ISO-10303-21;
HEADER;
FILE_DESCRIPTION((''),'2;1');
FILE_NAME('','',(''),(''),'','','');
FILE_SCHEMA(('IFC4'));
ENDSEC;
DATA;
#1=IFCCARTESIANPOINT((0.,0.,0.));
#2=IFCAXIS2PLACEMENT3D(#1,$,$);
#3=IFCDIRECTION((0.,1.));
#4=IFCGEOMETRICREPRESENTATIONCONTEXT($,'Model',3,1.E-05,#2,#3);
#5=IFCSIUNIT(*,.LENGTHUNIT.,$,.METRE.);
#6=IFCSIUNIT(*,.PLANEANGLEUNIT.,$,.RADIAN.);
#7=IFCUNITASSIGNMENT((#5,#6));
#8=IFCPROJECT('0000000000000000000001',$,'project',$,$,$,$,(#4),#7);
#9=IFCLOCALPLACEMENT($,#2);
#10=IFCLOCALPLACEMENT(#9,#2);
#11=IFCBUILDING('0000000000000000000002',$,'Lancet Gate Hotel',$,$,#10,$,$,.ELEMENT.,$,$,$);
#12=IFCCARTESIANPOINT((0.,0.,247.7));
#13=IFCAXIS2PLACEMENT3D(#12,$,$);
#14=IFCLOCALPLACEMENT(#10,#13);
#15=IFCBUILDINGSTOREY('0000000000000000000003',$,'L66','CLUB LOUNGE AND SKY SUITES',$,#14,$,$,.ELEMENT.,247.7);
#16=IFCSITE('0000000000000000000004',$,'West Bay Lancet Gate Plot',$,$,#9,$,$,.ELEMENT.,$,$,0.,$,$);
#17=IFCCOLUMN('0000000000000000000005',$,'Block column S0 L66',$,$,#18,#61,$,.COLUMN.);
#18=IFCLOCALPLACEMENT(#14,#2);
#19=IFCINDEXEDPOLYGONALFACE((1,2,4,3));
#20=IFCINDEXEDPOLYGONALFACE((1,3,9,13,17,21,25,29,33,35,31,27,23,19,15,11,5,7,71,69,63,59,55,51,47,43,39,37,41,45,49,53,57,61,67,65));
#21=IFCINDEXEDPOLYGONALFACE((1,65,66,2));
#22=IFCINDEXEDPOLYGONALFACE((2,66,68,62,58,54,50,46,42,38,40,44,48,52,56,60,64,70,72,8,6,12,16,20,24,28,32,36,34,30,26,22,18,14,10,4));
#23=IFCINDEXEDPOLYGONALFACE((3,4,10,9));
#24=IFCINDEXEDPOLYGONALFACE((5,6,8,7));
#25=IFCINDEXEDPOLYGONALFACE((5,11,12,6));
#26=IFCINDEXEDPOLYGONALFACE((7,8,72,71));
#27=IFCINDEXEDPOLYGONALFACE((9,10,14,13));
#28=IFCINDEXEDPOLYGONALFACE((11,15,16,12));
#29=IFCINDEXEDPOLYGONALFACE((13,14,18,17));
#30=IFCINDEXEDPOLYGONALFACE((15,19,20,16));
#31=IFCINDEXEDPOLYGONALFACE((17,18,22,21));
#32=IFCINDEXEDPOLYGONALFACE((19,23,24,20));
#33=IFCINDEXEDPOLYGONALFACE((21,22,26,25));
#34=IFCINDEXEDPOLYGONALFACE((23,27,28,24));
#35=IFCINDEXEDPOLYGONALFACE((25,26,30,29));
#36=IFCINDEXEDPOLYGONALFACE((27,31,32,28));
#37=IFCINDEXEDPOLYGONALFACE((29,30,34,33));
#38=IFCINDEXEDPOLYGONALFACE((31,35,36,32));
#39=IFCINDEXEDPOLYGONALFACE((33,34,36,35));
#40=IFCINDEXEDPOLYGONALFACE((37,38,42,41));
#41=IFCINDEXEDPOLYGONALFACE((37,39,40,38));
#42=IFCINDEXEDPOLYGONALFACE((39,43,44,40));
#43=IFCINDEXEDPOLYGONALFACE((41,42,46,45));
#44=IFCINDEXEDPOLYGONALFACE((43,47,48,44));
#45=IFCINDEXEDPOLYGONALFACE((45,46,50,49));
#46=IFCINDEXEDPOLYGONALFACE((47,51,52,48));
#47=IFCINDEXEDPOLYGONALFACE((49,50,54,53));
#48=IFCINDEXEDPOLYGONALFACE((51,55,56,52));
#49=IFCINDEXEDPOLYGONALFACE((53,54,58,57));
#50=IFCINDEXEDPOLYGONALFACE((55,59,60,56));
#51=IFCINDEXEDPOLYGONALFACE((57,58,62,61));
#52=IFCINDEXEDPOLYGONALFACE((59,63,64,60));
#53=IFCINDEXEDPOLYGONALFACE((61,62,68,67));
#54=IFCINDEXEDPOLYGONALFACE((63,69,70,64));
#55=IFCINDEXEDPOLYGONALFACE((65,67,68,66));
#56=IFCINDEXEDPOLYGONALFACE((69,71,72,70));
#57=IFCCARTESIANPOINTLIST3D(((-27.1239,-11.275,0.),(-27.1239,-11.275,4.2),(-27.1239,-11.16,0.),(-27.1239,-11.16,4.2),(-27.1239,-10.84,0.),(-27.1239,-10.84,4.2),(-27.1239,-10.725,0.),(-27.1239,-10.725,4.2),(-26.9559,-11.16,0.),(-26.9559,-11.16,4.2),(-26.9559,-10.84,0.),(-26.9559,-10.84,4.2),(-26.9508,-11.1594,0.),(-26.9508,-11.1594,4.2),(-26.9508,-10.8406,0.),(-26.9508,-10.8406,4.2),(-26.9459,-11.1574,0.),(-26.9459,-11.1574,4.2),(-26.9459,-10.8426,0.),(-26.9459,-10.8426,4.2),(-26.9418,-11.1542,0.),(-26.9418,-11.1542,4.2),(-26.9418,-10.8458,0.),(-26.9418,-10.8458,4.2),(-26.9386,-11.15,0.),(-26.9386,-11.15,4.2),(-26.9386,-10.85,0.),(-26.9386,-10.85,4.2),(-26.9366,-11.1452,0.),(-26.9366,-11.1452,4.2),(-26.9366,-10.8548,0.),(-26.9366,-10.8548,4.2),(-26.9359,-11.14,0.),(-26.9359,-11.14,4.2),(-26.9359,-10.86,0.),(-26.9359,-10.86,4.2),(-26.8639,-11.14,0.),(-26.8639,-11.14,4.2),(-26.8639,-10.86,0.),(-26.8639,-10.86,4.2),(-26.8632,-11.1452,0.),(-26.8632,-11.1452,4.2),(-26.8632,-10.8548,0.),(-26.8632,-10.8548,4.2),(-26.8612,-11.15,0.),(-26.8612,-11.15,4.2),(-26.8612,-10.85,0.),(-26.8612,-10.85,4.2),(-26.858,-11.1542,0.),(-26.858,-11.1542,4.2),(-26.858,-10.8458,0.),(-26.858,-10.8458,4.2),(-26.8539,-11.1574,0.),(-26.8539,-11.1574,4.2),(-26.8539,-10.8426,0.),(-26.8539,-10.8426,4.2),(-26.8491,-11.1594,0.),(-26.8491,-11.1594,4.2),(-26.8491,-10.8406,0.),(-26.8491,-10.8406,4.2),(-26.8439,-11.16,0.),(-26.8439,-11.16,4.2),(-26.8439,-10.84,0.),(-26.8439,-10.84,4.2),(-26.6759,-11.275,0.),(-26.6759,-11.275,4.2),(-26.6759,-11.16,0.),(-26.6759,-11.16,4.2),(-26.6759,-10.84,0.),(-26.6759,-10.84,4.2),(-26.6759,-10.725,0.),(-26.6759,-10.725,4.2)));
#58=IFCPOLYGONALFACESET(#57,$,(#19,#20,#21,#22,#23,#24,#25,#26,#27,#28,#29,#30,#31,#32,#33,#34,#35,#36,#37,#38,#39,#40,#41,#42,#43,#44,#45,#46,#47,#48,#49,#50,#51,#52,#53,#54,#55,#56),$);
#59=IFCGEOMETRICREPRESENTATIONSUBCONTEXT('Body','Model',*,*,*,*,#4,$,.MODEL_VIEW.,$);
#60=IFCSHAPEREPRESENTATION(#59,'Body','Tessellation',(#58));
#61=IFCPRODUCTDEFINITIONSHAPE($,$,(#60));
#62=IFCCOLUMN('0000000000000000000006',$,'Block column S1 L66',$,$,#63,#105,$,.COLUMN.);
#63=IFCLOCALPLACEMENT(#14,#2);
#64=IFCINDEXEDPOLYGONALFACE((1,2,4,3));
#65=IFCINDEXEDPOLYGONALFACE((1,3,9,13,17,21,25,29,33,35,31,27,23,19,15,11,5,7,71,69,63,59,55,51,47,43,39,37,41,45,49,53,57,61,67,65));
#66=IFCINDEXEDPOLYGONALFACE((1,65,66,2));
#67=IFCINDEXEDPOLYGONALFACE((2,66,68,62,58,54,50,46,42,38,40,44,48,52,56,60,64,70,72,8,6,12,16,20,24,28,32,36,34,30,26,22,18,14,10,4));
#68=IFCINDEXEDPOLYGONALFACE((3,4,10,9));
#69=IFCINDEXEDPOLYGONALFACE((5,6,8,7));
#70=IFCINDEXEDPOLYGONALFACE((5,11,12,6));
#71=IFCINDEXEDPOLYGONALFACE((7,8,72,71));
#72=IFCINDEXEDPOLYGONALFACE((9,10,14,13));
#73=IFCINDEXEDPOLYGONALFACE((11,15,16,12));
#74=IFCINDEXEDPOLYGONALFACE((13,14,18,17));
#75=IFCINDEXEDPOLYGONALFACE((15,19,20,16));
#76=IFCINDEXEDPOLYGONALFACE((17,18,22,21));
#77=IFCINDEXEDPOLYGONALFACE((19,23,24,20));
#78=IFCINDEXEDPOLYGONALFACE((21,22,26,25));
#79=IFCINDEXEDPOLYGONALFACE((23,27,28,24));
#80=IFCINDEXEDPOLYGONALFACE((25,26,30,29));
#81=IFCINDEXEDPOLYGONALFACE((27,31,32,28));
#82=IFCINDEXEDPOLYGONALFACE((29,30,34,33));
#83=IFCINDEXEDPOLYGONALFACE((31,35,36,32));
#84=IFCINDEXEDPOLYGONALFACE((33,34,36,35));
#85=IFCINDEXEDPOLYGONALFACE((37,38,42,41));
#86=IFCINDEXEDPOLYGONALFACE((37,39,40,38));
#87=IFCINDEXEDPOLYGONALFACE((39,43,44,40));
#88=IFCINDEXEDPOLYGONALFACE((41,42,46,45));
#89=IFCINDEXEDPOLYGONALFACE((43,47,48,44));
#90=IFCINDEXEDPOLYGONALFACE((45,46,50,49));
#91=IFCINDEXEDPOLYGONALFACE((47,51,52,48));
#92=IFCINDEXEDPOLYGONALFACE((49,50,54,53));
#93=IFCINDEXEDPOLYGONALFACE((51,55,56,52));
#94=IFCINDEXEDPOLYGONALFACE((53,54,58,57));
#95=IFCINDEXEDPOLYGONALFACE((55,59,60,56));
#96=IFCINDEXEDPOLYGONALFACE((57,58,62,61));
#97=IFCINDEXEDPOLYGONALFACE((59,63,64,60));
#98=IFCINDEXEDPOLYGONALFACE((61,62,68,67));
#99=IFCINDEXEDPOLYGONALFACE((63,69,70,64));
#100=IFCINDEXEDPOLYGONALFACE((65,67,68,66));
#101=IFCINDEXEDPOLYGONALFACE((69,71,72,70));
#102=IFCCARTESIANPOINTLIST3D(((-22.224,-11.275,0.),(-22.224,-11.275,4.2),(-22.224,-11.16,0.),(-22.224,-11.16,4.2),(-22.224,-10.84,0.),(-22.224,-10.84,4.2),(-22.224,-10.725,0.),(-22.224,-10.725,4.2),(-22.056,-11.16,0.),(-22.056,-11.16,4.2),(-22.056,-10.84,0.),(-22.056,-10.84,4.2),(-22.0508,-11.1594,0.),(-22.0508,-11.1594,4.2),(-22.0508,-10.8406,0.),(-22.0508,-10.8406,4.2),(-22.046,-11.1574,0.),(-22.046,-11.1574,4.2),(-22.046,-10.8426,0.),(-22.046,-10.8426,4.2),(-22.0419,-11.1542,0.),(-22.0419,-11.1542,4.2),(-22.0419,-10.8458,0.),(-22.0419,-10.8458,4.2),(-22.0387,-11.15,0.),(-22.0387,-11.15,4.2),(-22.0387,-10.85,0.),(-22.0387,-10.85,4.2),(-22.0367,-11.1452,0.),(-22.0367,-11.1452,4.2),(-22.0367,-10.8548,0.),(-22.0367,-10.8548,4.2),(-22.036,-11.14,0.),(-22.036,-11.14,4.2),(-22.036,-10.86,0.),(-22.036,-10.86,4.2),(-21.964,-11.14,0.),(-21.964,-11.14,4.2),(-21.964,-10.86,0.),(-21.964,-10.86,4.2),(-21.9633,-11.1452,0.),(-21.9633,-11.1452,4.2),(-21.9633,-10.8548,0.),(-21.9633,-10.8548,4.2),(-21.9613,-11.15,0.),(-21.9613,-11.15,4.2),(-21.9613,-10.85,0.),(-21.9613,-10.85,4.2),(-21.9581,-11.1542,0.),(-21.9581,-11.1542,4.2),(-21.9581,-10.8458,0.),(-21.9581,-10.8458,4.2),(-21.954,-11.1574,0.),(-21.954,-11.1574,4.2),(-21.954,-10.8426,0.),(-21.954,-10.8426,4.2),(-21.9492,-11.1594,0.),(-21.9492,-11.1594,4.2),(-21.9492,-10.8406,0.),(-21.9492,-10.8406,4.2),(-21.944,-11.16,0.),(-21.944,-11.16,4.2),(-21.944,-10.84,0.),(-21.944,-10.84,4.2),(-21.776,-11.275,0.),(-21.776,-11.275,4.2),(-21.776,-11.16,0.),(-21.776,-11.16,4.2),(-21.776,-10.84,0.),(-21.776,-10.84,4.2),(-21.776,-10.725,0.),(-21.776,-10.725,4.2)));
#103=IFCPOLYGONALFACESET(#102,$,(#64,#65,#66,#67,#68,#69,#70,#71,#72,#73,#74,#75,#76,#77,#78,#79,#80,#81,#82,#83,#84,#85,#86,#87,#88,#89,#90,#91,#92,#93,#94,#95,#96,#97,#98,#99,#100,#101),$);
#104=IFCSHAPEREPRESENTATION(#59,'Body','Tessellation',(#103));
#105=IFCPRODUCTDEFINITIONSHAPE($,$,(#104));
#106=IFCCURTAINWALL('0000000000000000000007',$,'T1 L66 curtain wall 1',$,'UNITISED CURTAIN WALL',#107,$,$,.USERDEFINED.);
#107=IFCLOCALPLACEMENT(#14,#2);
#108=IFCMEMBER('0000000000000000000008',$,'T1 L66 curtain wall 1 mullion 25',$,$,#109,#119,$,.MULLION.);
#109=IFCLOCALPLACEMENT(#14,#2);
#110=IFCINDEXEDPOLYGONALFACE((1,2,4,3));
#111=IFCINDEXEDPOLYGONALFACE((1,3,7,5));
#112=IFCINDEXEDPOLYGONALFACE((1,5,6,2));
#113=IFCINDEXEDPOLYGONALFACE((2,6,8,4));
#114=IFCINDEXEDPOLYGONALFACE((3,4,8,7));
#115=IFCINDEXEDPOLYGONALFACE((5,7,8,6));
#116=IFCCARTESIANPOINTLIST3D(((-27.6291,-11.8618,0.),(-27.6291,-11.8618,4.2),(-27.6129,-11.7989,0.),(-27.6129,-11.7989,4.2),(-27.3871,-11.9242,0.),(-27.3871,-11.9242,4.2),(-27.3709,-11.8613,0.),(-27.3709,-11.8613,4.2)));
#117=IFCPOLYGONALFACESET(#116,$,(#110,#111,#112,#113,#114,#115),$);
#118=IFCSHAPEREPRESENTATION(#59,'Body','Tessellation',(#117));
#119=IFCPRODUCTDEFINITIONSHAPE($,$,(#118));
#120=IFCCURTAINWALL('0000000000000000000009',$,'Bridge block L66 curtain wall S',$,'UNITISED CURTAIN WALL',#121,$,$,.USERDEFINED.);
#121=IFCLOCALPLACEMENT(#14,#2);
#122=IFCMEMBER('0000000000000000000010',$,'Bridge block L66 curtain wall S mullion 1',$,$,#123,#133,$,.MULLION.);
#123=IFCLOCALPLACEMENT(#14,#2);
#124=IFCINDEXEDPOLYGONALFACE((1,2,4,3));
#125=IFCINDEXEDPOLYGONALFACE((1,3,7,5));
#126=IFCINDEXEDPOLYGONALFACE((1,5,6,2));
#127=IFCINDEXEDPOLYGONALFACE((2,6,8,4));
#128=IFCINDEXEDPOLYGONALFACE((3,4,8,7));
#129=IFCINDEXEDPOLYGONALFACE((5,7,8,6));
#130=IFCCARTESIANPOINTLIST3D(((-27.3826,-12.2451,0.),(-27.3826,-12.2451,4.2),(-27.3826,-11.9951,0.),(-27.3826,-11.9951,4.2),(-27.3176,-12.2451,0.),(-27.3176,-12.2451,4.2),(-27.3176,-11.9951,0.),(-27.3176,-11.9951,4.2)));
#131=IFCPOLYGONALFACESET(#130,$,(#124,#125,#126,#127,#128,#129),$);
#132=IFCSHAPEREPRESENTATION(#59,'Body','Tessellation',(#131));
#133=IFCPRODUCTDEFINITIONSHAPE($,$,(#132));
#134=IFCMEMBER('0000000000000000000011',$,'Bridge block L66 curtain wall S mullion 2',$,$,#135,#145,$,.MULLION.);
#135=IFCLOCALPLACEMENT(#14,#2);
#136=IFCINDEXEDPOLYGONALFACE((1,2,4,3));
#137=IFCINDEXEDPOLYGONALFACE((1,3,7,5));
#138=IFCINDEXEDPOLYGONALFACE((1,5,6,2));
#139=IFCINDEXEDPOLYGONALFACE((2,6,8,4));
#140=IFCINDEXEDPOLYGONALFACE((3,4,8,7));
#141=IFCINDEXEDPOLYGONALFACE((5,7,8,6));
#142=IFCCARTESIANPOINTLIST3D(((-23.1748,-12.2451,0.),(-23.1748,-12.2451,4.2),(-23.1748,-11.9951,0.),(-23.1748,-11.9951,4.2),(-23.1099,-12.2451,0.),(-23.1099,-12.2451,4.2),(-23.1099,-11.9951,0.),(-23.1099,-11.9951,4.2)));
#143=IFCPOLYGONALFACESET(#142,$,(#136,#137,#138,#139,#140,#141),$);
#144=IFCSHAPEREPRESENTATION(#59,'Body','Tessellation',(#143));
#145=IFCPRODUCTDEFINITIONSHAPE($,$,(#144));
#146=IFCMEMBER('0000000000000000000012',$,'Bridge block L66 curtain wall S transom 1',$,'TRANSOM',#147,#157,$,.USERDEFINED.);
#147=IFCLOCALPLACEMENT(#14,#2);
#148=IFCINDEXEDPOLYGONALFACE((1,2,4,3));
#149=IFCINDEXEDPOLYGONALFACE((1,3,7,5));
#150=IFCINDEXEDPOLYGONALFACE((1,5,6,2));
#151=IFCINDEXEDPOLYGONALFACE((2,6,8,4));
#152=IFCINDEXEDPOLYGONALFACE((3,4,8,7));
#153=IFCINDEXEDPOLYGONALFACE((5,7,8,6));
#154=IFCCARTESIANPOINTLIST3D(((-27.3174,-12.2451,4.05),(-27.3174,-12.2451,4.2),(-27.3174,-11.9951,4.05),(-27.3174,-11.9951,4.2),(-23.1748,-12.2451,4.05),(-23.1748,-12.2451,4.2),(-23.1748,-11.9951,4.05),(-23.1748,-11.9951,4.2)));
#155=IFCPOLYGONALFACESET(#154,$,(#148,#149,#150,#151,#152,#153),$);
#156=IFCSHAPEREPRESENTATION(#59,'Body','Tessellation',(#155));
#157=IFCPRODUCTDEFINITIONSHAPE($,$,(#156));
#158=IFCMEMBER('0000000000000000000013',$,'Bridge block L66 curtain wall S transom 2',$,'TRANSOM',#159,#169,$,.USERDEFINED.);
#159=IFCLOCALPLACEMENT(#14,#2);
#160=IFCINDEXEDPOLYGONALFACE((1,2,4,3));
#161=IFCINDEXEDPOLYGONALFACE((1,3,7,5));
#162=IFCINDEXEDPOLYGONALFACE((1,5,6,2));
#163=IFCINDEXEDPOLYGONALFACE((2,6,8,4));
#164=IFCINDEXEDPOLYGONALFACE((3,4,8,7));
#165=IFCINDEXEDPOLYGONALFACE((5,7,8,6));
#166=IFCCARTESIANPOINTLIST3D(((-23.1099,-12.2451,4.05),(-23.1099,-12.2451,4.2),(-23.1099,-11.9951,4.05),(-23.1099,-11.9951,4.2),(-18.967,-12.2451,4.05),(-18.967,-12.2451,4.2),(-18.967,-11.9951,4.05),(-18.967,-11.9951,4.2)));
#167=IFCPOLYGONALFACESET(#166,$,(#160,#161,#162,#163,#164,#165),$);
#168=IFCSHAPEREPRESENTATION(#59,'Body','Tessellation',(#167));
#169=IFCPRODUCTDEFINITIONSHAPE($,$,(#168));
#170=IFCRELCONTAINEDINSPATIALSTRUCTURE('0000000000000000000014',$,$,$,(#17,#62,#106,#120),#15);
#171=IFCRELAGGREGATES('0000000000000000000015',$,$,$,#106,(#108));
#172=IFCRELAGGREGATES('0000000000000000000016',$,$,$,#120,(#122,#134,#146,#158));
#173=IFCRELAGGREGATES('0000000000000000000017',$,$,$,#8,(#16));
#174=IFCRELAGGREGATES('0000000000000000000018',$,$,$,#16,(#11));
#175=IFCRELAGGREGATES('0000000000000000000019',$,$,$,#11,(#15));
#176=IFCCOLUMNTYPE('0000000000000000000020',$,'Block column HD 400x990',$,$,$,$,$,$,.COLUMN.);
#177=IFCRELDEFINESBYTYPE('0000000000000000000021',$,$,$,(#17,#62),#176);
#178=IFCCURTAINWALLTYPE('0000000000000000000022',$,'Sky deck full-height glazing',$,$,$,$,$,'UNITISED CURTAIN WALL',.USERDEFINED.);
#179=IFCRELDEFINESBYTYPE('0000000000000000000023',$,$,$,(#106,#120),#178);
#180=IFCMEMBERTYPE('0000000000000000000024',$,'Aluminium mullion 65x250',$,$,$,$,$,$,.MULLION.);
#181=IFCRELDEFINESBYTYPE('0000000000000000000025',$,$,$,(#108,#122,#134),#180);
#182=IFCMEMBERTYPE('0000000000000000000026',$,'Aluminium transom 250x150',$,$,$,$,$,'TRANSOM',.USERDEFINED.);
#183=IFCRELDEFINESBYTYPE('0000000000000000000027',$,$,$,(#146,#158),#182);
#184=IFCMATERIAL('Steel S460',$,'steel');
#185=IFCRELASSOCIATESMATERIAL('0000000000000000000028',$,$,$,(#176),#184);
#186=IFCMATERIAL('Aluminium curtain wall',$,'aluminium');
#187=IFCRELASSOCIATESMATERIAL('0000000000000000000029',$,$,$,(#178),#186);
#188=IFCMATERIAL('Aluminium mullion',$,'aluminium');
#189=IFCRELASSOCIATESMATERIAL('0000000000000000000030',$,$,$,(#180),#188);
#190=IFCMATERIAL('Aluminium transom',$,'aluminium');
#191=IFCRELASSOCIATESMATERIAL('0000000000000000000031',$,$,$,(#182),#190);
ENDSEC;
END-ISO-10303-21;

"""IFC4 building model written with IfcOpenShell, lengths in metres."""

from ifc_helpers import new_model, si_unit, direction, frame, origin, origin_2d, place, context, subcontext, project, spatial, rectangle, i_section, extrude, material, material_profile, profile_set, type_object, element, aggregate, save


model = new_model("IFC4")

# Units and contexts
model_context = context("Model", 3, precision=1e-05, world=origin(), true_north=direction((0.0, 1.0)))
body_context = subcontext(model_context, "Body", "Model", "MODEL_VIEW")
ifc_project = project(units=[si_unit("LENGTHUNIT", "METRE"), si_unit("PLANEANGLEUNIT", "RADIAN")], contexts=[model_context])

# Site, building, storey
site_placement = place(None, origin())
site = spatial("IfcSite", under=ifc_project, at=site_placement, Name="West Bay Lancet Gate Plot", CompositionType="ELEMENT", RefElevation=0.0)
building_placement = place(site_placement, origin())
building = spatial("IfcBuilding", under=site, at=building_placement, Name="Lancet Gate Hotel", CompositionType="ELEMENT")
storey_placement = place(building_placement, frame((0.0, 0.0, 247.7)))
storey = spatial("IfcBuildingStorey", under=building, at=storey_placement, Name="L66", Description="CLUB LOUNGE AND SKY SUITES", CompositionType="ELEMENT", Elevation=247.7)

# Columns
ifc_material_1 = material(Name="Steel S460", Category="steel")
ifc_material_profile_1 = material_profile(ifc_material_1, i_section(OverallWidth=0.448, OverallDepth=0.55, WebThickness=0.072, FlangeThickness=0.115, FilletRadius=0.02, at=origin_2d()), Name="HD 400x990")
ifc_profile_set_1 = profile_set([ifc_material_profile_1], Name="Steel S460")
column_type = type_object("IfcColumnType", Name="Block column HD 400x990", PredefinedType="COLUMN", material=ifc_profile_set_1)
for number, where, z_axis, x_axis, name in (
    (1, (-26.8999, -11.0, 0.0), (0.0, 0.0, 1.0), (1.0, 0.0, 0.0), "Block column S0 L66"),
    (2, (-22.0, -11.0, 0.0), (0.0, 0.0, 1.0), (1.0, 0.0, 0.0), "Block column S1 L66"),
):
    element("IfcColumn", number, at=place(storey_placement, frame(where, z_axis=z_axis, x_axis=x_axis)), inside=storey, type_object=column_type, Name=name, PredefinedType="COLUMN", context=body_context, shape_type="SweptSolid", body=[
        extrude(i_section(OverallWidth=0.448, OverallDepth=0.55, WebThickness=0.072, FlangeThickness=0.115, FilletRadius=0.02, at=origin_2d()), origin(), (0.0, 0.0, 1.0), 4.2),
    ])

# Curtain wall, member
ifc_material_2 = material(Name="Aluminium curtain wall", Category="aluminium")
curtain_wall_type = type_object("IfcCurtainWallType", Name="Sky deck full-height glazing", ElementType="UNITISED CURTAIN WALL", PredefinedType="USERDEFINED", material=ifc_material_2)
curtain_wall_1_placement = place(storey_placement, origin())
curtain_wall_1 = element("IfcCurtainWall", 3, at=curtain_wall_1_placement, inside=storey, type_object=curtain_wall_type, Name="T1 L66 curtain wall 1", ObjectType="UNITISED CURTAIN WALL", PredefinedType="USERDEFINED")
ifc_material_3 = material(Name="Aluminium mullion", Category="aluminium")
ifc_material_profile_2 = material_profile(ifc_material_3, rectangle(XDim=0.0649, YDim=0.25, at=origin_2d()), Name="MULLION 65x250")
ifc_profile_set_2 = profile_set([ifc_material_profile_2], Name="Aluminium mullion")
member_type_1 = type_object("IfcMemberType", Name="Aluminium mullion 65x250", PredefinedType="MULLION", material=ifc_profile_set_2)
member_1_placement = place(storey_placement, frame((-27.5, -11.8616, 0.0), z_axis=(0.0, 0.0, 1.0), x_axis=(0.249726, 0.968317, 0.0)))
member_1 = element("IfcMember", 4, at=member_1_placement, type_object=member_type_1, Name="T1 L66 curtain wall 1 mullion 25", PredefinedType="MULLION", context=body_context, shape_type="SweptSolid", body=[
    extrude(rectangle(XDim=0.0649, YDim=0.25, at=origin_2d()), origin(), (0.0, 0.0, 1.0), 4.2),
])

# Curtain wall, members
curtain_wall_2_placement = place(storey_placement, origin())
curtain_wall_2 = element("IfcCurtainWall", 5, at=curtain_wall_2_placement, inside=storey, type_object=curtain_wall_type, Name="Bridge block L66 curtain wall S", ObjectType="UNITISED CURTAIN WALL", PredefinedType="USERDEFINED")
member_2_placement = place(storey_placement, frame((-27.3501, -12.1201, 0.0), z_axis=(0.0, 0.0, 1.0), x_axis=(1.0, 0.0, 0.0)))
member_2 = element("IfcMember", 6, at=member_2_placement, type_object=member_type_1, Name="Bridge block L66 curtain wall S mullion 1", PredefinedType="MULLION", context=body_context, shape_type="SweptSolid", body=[
    extrude(rectangle(XDim=0.0649, YDim=0.25, at=origin_2d()), origin(), (0.0, 0.0, 1.0), 4.2),
])
member_3_placement = place(storey_placement, frame((-23.1423, -12.1201, 0.0), z_axis=(0.0, 0.0, 1.0), x_axis=(1.0, 0.0, 0.0)))
member_3 = element("IfcMember", 7, at=member_3_placement, type_object=member_type_1, Name="Bridge block L66 curtain wall S mullion 2", PredefinedType="MULLION", context=body_context, shape_type="SweptSolid", body=[
    extrude(rectangle(XDim=0.0649, YDim=0.25, at=origin_2d()), origin(), (0.0, 0.0, 1.0), 4.2),
])
ifc_material_4 = material(Name="Aluminium transom", Category="aluminium")
ifc_material_profile_3 = material_profile(ifc_material_4, rectangle(XDim=0.25, YDim=0.1499, at=origin_2d()), Name="TRANSOM 250x150")
ifc_profile_set_3 = profile_set([ifc_material_profile_3], Name="Aluminium transom")
member_type_2 = type_object("IfcMemberType", Name="Aluminium transom 250x150", ElementType="TRANSOM", PredefinedType="USERDEFINED", material=ifc_profile_set_3)
member_4_placement = place(storey_placement, frame((-27.3174, -12.1201, 4.125), z_axis=(1.0, 0.0, 0.0), x_axis=(0.0, 1.0, 0.0)))
member_4 = element("IfcMember", 8, at=member_4_placement, type_object=member_type_2, Name="Bridge block L66 curtain wall S transom 1", ObjectType="TRANSOM", PredefinedType="USERDEFINED", context=body_context, shape_type="SweptSolid", body=[
    extrude(rectangle(XDim=0.25, YDim=0.1499, at=origin_2d()), origin(), (0.0, 0.0, 1.0), 4.1426),
])
member_5_placement = place(storey_placement, frame((-23.1099, -12.1201, 4.125), z_axis=(1.0, 0.0, 0.0), x_axis=(0.0, 1.0, 0.0)))
member_5 = element("IfcMember", 9, at=member_5_placement, type_object=member_type_2, Name="Bridge block L66 curtain wall S transom 2", ObjectType="TRANSOM", PredefinedType="USERDEFINED", context=body_context, shape_type="SweptSolid", body=[
    extrude(rectangle(XDim=0.25, YDim=0.1499, at=origin_2d()), origin(), (0.0, 0.0, 1.0), 4.1428),
])

aggregate(curtain_wall_1, [member_1])
aggregate(curtain_wall_2, [member_2, member_3, member_4, member_5])

save(model, "model.ifc")
